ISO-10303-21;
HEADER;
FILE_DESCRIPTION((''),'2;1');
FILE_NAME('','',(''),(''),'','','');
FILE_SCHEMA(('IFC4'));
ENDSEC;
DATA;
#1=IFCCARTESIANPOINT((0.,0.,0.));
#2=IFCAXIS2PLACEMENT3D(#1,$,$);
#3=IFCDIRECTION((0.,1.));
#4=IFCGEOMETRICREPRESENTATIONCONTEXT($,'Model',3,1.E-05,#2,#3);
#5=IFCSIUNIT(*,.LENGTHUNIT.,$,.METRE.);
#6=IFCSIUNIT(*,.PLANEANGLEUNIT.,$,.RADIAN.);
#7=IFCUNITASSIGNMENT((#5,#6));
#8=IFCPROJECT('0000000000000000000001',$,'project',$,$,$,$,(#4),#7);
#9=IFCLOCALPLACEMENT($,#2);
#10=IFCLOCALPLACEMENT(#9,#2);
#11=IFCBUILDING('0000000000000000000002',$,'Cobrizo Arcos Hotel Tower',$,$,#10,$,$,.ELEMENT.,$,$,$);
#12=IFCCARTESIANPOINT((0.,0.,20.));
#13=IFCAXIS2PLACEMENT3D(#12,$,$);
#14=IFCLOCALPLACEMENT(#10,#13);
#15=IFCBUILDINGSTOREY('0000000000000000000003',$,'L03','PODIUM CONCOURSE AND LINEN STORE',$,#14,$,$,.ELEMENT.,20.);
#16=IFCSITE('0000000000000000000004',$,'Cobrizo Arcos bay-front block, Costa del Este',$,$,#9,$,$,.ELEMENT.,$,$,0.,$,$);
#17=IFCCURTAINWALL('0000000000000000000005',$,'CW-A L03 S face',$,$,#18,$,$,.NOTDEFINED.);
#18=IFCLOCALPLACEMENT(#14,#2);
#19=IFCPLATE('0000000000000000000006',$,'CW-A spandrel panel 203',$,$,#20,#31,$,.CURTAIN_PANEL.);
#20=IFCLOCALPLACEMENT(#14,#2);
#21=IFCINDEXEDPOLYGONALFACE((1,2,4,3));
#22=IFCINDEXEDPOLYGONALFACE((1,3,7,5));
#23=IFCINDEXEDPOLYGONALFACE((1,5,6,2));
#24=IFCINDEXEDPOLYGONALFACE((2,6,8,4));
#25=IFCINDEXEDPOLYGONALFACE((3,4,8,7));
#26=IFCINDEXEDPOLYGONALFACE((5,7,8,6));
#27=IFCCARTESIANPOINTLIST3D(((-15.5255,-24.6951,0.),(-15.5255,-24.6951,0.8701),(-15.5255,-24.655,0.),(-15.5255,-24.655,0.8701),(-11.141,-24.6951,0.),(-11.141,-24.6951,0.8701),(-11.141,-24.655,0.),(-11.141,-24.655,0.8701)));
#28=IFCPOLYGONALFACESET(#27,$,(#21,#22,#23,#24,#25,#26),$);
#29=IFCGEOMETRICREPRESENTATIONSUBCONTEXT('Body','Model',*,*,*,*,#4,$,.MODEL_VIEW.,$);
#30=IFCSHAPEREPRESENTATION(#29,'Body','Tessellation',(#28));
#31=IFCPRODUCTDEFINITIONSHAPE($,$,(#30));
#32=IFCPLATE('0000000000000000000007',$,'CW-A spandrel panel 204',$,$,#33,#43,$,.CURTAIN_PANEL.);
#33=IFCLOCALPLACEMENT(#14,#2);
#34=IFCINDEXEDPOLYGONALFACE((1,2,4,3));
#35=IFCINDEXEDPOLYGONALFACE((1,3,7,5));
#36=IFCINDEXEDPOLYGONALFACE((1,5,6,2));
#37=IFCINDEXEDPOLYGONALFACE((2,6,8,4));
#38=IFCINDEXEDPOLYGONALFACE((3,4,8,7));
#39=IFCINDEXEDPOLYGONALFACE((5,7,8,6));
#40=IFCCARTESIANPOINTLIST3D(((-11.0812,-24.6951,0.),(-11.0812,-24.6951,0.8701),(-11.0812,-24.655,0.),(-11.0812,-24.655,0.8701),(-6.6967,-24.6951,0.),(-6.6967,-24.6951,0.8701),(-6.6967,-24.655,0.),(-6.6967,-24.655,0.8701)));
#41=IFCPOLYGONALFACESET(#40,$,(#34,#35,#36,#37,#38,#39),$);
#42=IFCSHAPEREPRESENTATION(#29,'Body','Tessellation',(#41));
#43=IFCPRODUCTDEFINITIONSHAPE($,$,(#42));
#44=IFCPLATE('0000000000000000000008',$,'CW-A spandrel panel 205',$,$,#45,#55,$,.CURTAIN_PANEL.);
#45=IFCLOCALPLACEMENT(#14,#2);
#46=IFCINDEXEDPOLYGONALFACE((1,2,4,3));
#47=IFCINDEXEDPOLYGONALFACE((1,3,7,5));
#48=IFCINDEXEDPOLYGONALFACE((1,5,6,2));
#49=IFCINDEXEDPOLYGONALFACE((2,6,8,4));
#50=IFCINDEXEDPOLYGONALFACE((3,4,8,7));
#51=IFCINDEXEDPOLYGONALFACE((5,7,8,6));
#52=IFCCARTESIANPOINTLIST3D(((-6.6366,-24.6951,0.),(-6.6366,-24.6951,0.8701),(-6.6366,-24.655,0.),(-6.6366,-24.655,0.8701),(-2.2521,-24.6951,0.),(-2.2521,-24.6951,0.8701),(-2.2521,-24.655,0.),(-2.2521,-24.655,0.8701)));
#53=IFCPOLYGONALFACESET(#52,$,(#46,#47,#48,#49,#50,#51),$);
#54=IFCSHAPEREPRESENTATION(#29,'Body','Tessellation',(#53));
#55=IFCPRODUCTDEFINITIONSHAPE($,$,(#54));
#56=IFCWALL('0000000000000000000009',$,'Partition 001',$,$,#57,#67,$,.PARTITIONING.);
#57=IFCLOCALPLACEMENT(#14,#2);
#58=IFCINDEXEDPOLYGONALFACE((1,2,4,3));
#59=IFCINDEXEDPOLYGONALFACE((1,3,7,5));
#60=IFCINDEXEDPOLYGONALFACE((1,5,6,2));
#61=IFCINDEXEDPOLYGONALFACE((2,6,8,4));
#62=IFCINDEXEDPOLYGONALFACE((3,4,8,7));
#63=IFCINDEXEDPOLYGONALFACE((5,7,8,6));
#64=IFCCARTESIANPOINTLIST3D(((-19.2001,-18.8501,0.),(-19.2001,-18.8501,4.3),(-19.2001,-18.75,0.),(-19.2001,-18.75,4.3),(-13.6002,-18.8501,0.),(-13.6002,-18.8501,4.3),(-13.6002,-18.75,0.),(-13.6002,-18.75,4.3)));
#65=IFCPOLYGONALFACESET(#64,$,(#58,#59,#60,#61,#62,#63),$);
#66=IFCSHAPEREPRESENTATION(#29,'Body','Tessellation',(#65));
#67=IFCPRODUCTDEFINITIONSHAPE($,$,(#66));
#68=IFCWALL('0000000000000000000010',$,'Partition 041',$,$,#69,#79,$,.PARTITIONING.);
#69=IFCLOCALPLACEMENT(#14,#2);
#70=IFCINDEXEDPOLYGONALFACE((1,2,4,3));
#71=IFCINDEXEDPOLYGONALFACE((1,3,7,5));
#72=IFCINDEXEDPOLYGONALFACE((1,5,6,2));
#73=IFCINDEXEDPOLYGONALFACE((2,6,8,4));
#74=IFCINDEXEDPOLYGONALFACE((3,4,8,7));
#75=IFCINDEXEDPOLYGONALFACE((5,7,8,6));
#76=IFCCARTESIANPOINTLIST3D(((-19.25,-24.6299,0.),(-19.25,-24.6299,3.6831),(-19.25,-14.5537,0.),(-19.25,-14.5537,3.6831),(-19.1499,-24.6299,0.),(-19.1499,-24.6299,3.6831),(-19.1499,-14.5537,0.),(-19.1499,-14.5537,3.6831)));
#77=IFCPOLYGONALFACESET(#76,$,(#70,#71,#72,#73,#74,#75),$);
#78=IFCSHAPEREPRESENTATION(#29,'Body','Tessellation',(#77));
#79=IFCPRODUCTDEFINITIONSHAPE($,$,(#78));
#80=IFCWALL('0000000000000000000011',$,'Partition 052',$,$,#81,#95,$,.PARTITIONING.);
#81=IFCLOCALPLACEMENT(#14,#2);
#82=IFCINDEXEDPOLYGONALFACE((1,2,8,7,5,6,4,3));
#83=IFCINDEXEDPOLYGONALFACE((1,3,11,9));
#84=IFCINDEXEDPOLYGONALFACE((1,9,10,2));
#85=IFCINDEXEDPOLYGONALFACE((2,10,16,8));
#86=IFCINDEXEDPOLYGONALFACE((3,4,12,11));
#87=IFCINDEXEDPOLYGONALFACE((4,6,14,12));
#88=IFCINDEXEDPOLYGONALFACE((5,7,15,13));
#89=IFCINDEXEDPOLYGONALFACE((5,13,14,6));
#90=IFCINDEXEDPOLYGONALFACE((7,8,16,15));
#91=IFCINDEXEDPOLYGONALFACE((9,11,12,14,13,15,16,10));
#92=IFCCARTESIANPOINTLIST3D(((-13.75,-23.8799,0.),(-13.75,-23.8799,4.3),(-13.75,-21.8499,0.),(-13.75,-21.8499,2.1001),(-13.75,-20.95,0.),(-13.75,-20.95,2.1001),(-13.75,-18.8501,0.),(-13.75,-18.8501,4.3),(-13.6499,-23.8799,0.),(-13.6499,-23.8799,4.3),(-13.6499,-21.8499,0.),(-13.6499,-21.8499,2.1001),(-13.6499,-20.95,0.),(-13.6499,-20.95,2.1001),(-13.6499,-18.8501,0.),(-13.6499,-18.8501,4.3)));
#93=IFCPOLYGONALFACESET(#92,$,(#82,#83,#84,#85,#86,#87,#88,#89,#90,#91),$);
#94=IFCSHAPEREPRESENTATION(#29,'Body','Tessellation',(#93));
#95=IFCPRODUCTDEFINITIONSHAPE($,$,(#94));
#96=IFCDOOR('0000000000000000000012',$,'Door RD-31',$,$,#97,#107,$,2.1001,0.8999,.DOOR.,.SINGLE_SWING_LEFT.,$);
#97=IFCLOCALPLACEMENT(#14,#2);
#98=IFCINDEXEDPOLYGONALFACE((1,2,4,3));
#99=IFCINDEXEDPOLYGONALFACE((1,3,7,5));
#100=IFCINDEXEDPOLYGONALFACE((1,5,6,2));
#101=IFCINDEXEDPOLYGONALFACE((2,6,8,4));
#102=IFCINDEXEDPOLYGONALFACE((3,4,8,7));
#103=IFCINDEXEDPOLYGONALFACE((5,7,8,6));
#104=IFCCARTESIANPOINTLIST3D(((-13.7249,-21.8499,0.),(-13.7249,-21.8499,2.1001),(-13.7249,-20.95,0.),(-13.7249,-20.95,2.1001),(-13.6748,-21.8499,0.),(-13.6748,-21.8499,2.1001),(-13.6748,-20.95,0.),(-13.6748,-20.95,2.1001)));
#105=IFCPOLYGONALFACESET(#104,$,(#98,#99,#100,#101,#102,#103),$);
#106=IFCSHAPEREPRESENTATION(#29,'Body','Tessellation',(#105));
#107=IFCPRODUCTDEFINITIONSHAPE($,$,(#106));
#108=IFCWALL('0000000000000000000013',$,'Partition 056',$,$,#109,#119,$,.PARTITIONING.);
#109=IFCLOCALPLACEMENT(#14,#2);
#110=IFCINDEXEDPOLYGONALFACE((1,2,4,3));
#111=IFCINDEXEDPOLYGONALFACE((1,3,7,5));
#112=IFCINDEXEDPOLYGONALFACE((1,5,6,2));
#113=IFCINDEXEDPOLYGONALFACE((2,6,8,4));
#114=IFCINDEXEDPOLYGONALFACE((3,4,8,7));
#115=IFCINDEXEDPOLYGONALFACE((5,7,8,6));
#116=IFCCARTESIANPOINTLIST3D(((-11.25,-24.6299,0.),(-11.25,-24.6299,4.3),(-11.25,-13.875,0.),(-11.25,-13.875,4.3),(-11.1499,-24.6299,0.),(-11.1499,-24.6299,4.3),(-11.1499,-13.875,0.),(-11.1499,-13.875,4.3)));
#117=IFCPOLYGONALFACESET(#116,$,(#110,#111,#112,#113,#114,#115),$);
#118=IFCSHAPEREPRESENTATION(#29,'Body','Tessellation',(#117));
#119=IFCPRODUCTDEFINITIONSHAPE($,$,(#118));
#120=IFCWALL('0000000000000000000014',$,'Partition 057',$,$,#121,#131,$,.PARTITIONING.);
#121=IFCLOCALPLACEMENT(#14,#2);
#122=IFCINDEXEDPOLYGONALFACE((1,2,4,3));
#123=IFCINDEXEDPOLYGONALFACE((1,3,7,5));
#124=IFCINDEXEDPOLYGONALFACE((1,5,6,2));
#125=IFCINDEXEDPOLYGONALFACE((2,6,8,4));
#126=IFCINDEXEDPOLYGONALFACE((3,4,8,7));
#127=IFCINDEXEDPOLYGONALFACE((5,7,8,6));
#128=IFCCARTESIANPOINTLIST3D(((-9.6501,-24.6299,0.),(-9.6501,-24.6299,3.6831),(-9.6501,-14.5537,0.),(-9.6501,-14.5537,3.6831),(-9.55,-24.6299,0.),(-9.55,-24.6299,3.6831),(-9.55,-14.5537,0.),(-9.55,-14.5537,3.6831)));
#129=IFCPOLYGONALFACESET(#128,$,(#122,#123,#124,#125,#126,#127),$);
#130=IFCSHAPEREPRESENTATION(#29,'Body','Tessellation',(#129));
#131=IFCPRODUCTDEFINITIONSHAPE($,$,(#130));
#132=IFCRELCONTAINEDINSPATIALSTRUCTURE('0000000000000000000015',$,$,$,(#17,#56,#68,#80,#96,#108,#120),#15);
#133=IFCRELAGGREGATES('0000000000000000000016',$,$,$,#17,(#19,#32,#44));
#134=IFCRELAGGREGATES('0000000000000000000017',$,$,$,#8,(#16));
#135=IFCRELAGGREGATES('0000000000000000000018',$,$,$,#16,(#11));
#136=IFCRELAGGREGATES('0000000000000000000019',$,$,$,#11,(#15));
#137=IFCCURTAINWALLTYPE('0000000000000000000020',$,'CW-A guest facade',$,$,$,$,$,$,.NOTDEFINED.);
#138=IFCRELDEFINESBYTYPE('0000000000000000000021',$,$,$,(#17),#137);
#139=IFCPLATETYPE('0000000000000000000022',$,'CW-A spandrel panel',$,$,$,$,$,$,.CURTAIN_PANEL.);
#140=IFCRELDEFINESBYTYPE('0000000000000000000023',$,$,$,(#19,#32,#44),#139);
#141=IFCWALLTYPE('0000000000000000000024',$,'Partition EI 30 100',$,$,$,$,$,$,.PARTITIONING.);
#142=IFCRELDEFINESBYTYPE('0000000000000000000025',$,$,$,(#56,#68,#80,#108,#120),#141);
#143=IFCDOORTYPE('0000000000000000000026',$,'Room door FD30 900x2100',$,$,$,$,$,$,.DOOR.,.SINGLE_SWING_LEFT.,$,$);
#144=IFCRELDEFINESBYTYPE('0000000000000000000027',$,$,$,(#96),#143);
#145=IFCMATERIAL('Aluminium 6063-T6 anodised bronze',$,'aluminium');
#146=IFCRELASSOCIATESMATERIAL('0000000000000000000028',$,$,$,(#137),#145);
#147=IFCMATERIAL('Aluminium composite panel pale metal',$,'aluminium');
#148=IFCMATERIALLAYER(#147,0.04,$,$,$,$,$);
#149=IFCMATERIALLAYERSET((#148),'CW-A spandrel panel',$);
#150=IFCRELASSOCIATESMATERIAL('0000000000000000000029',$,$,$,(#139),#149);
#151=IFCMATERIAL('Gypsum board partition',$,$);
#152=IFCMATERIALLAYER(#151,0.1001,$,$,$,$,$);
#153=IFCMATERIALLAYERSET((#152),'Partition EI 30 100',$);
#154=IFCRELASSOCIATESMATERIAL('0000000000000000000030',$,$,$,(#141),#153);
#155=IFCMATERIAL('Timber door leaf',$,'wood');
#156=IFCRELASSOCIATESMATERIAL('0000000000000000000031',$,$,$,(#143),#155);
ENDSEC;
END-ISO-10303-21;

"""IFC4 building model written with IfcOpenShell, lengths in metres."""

from ifc_helpers import new_model, si_unit, direction, frame, frame_2d, origin, origin_2d, place, context, subcontext, project, spatial, rectangle, extrude, material, layer, layer_set, type_object, element, fill, aggregate, save


model = new_model("IFC4")

# Units and contexts
model_context = context("Model", 3, precision=1e-05, world=origin(), true_north=direction((0.0, 1.0)))
body_context = subcontext(model_context, "Body", "Model", "MODEL_VIEW")
ifc_project = project(units=[si_unit("LENGTHUNIT", "METRE"), si_unit("PLANEANGLEUNIT", "RADIAN")], contexts=[model_context])

# Site, building, storey
site_placement = place(None, origin())
site = spatial("IfcSite", under=ifc_project, at=site_placement, Name="Cobrizo Arcos bay-front block, Costa del Este", CompositionType="ELEMENT", RefElevation=0.0)
building_placement = place(site_placement, origin())
building = spatial("IfcBuilding", under=site, at=building_placement, Name="Cobrizo Arcos Hotel Tower", CompositionType="ELEMENT")
storey_placement = place(building_placement, frame((0.0, 0.0, 20.0)))
storey = spatial("IfcBuildingStorey", under=building, at=storey_placement, Name="L03", Description="PODIUM CONCOURSE AND LINEN STORE", CompositionType="ELEMENT", Elevation=20.0)

# Curtain wall
ifc_material_1 = material(Name="Aluminium 6063-T6 anodised bronze", Category="aluminium")
curtain_wall_type = type_object("IfcCurtainWallType", Name="CW-A guest facade", PredefinedType="NOTDEFINED", material=ifc_material_1)
curtain_wall_placement = place(storey_placement, origin())
curtain_wall = element("IfcCurtainWall", 1, at=curtain_wall_placement, inside=storey, type_object=curtain_wall_type, Name="CW-A L03 S face", PredefinedType="NOTDEFINED")

# Plates
ifc_material_2 = material(Name="Aluminium composite panel pale metal", Category="aluminium")
ifc_layer_1 = layer(ifc_material_2, 0.04)
ifc_layer_set_1 = layer_set([ifc_layer_1], Name="CW-A spandrel panel")
plate_type_1 = type_object("IfcPlateType", Name="CW-A spandrel panel", PredefinedType="CURTAIN_PANEL", material=ifc_layer_set_1)
plate_1_placement = place(storey_placement, frame((-13.3333, -24.675, 0.0), z_axis=(0.0, 0.0, 1.0), x_axis=(1.0, 0.0, 0.0)))
plate_1 = element("IfcPlate", 2, at=plate_1_placement, type_object=plate_type_1, Name="CW-A spandrel panel 203", PredefinedType="CURTAIN_PANEL", context=body_context, shape_type="SweptSolid", body=[
    extrude(rectangle(XDim=4.3845, YDim=0.04, at=origin_2d()), origin(), (0.0, 0.0, 1.0), 0.8701),
])
plate_2_placement = place(storey_placement, frame((-8.8889, -24.675, 0.0), z_axis=(0.0, 0.0, 1.0), x_axis=(1.0, 0.0, 0.0)))
plate_2 = element("IfcPlate", 3, at=plate_2_placement, type_object=plate_type_1, Name="CW-A spandrel panel 204", PredefinedType="CURTAIN_PANEL", context=body_context, shape_type="SweptSolid", body=[
    extrude(rectangle(XDim=4.3845, YDim=0.04, at=origin_2d()), origin(), (0.0, 0.0, 1.0), 0.8701),
])
plate_3_placement = place(storey_placement, frame((-4.4443, -24.675, 0.0), z_axis=(0.0, 0.0, 1.0), x_axis=(1.0, 0.0, 0.0)))
plate_3 = element("IfcPlate", 4, at=plate_3_placement, type_object=plate_type_1, Name="CW-A spandrel panel 205", PredefinedType="CURTAIN_PANEL", context=body_context, shape_type="SweptSolid", body=[
    extrude(rectangle(XDim=4.3845, YDim=0.04, at=origin_2d()), origin(), (0.0, 0.0, 1.0), 0.8701),
])
aggregate(curtain_wall, [plate_1, plate_2, plate_3])

# Walls
ifc_material_3 = material(Name="Gypsum board partition")
ifc_layer_2 = layer(ifc_material_3, 0.1001)
ifc_layer_set_2 = layer_set([ifc_layer_2], Name="Partition EI 30 100")
wall_type = type_object("IfcWallType", Name="Partition EI 30 100", PredefinedType="PARTITIONING", material=ifc_layer_set_2)
wall_1_placement = place(storey_placement, frame((-19.2, -18.8, 0.0), z_axis=(0.0, 0.0, 1.0), x_axis=(1.0, 0.0, 0.0)))
element("IfcWall", 5, at=wall_1_placement, inside=storey, type_object=wall_type, Name="Partition 001", PredefinedType="PARTITIONING", context=body_context, shape_type="SweptSolid", body=[
    extrude(rectangle(XDim=5.5999, YDim=0.1001, at=frame_2d((2.7998, 0.0))), origin(), (0.0, 0.0, 1.0), 4.3),
])
wall_2_placement = place(storey_placement, frame((-19.2, -24.6299, 0.0), z_axis=(0.0, 0.0, 1.0), x_axis=(0.0, 1.0, 0.0)))
element("IfcWall", 6, at=wall_2_placement, inside=storey, type_object=wall_type, Name="Partition 041", PredefinedType="PARTITIONING", context=body_context, shape_type="SweptSolid", body=[
    extrude(rectangle(XDim=10.0762, YDim=0.1001, at=frame_2d((5.0381, 0.0))), origin(), (0.0, 0.0, 1.0), 3.6831),
])

# Wall, opening, door
wall_3_placement = place(storey_placement, frame((-13.7, -23.8799, 0.0), z_axis=(0.0, 0.0, 1.0), x_axis=(0.0, 1.0, 0.0)))
wall_3 = element("IfcWall", 7, at=wall_3_placement, inside=storey, type_object=wall_type, Name="Partition 052", PredefinedType="PARTITIONING", context=body_context, shape_type="SweptSolid", body=[
    extrude(rectangle(XDim=5.0298, YDim=0.1001, at=frame_2d((2.5149, 0.0))), origin(), (0.0, 0.0, 1.0), 4.3),
])
opening_placement = place(wall_3_placement, frame((2.03, 0.0, 0.0)))
opening = element("IfcOpeningElement", 8, at=opening_placement, cuts=wall_3, PredefinedType="OPENING", context=body_context, shape_type="SweptSolid", body=[
    extrude(rectangle(XDim=0.8999, YDim=2.1001, at=frame_2d((0.45, 1.05))), frame((0.0, 0.062, 0.0), z_axis=(0.0, -1.0, 0.0), x_axis=(1.0, 0.0, 0.0)), (0.0, 0.0, 1.0), 0.124),
])
ifc_material_4 = material(Name="Timber door leaf", Category="wood")
door_type = type_object("IfcDoorType", Name="Room door FD30 900x2100", OperationType="SINGLE_SWING_LEFT", PredefinedType="DOOR", material=ifc_material_4)
door_placement = place(opening_placement, origin())
door = element("IfcDoor", 9, at=door_placement, inside=storey, type_object=door_type, Name="Door RD-31", OperationType="SINGLE_SWING_LEFT", OverallHeight=2.1001, OverallWidth=0.8999, PredefinedType="DOOR", context=body_context, shape_type="SweptSolid", body=[
    extrude(rectangle(XDim=0.8999, YDim=2.1001, at=frame_2d((0.45, 1.05))), frame((0.0, 0.0249, 0.0), z_axis=(0.0, -1.0, 0.0), x_axis=(1.0, 0.0, 0.0)), (0.0, 0.0, 1.0), 0.05),
])
fill(opening, door)

# Walls
wall_4_placement = place(storey_placement, frame((-11.2, -24.6299, 0.0), z_axis=(0.0, 0.0, 1.0), x_axis=(0.0, 1.0, 0.0)))
element("IfcWall", 10, at=wall_4_placement, inside=storey, type_object=wall_type, Name="Partition 056", PredefinedType="PARTITIONING", context=body_context, shape_type="SweptSolid", body=[
    extrude(rectangle(XDim=10.7549, YDim=0.1001, at=frame_2d((5.3774, 0.0))), origin(), (0.0, 0.0, 1.0), 4.3),
])
wall_5_placement = place(storey_placement, frame((-9.6001, -24.6299, 0.0), z_axis=(0.0, 0.0, 1.0), x_axis=(0.0, 1.0, 0.0)))
element("IfcWall", 11, at=wall_5_placement, inside=storey, type_object=wall_type, Name="Partition 057", PredefinedType="PARTITIONING", context=body_context, shape_type="SweptSolid", body=[
    extrude(rectangle(XDim=10.0762, YDim=0.1001, at=frame_2d((5.0381, 0.0))), origin(), (0.0, 0.0, 1.0), 3.6831),
])

save(model, "model.ifc")
